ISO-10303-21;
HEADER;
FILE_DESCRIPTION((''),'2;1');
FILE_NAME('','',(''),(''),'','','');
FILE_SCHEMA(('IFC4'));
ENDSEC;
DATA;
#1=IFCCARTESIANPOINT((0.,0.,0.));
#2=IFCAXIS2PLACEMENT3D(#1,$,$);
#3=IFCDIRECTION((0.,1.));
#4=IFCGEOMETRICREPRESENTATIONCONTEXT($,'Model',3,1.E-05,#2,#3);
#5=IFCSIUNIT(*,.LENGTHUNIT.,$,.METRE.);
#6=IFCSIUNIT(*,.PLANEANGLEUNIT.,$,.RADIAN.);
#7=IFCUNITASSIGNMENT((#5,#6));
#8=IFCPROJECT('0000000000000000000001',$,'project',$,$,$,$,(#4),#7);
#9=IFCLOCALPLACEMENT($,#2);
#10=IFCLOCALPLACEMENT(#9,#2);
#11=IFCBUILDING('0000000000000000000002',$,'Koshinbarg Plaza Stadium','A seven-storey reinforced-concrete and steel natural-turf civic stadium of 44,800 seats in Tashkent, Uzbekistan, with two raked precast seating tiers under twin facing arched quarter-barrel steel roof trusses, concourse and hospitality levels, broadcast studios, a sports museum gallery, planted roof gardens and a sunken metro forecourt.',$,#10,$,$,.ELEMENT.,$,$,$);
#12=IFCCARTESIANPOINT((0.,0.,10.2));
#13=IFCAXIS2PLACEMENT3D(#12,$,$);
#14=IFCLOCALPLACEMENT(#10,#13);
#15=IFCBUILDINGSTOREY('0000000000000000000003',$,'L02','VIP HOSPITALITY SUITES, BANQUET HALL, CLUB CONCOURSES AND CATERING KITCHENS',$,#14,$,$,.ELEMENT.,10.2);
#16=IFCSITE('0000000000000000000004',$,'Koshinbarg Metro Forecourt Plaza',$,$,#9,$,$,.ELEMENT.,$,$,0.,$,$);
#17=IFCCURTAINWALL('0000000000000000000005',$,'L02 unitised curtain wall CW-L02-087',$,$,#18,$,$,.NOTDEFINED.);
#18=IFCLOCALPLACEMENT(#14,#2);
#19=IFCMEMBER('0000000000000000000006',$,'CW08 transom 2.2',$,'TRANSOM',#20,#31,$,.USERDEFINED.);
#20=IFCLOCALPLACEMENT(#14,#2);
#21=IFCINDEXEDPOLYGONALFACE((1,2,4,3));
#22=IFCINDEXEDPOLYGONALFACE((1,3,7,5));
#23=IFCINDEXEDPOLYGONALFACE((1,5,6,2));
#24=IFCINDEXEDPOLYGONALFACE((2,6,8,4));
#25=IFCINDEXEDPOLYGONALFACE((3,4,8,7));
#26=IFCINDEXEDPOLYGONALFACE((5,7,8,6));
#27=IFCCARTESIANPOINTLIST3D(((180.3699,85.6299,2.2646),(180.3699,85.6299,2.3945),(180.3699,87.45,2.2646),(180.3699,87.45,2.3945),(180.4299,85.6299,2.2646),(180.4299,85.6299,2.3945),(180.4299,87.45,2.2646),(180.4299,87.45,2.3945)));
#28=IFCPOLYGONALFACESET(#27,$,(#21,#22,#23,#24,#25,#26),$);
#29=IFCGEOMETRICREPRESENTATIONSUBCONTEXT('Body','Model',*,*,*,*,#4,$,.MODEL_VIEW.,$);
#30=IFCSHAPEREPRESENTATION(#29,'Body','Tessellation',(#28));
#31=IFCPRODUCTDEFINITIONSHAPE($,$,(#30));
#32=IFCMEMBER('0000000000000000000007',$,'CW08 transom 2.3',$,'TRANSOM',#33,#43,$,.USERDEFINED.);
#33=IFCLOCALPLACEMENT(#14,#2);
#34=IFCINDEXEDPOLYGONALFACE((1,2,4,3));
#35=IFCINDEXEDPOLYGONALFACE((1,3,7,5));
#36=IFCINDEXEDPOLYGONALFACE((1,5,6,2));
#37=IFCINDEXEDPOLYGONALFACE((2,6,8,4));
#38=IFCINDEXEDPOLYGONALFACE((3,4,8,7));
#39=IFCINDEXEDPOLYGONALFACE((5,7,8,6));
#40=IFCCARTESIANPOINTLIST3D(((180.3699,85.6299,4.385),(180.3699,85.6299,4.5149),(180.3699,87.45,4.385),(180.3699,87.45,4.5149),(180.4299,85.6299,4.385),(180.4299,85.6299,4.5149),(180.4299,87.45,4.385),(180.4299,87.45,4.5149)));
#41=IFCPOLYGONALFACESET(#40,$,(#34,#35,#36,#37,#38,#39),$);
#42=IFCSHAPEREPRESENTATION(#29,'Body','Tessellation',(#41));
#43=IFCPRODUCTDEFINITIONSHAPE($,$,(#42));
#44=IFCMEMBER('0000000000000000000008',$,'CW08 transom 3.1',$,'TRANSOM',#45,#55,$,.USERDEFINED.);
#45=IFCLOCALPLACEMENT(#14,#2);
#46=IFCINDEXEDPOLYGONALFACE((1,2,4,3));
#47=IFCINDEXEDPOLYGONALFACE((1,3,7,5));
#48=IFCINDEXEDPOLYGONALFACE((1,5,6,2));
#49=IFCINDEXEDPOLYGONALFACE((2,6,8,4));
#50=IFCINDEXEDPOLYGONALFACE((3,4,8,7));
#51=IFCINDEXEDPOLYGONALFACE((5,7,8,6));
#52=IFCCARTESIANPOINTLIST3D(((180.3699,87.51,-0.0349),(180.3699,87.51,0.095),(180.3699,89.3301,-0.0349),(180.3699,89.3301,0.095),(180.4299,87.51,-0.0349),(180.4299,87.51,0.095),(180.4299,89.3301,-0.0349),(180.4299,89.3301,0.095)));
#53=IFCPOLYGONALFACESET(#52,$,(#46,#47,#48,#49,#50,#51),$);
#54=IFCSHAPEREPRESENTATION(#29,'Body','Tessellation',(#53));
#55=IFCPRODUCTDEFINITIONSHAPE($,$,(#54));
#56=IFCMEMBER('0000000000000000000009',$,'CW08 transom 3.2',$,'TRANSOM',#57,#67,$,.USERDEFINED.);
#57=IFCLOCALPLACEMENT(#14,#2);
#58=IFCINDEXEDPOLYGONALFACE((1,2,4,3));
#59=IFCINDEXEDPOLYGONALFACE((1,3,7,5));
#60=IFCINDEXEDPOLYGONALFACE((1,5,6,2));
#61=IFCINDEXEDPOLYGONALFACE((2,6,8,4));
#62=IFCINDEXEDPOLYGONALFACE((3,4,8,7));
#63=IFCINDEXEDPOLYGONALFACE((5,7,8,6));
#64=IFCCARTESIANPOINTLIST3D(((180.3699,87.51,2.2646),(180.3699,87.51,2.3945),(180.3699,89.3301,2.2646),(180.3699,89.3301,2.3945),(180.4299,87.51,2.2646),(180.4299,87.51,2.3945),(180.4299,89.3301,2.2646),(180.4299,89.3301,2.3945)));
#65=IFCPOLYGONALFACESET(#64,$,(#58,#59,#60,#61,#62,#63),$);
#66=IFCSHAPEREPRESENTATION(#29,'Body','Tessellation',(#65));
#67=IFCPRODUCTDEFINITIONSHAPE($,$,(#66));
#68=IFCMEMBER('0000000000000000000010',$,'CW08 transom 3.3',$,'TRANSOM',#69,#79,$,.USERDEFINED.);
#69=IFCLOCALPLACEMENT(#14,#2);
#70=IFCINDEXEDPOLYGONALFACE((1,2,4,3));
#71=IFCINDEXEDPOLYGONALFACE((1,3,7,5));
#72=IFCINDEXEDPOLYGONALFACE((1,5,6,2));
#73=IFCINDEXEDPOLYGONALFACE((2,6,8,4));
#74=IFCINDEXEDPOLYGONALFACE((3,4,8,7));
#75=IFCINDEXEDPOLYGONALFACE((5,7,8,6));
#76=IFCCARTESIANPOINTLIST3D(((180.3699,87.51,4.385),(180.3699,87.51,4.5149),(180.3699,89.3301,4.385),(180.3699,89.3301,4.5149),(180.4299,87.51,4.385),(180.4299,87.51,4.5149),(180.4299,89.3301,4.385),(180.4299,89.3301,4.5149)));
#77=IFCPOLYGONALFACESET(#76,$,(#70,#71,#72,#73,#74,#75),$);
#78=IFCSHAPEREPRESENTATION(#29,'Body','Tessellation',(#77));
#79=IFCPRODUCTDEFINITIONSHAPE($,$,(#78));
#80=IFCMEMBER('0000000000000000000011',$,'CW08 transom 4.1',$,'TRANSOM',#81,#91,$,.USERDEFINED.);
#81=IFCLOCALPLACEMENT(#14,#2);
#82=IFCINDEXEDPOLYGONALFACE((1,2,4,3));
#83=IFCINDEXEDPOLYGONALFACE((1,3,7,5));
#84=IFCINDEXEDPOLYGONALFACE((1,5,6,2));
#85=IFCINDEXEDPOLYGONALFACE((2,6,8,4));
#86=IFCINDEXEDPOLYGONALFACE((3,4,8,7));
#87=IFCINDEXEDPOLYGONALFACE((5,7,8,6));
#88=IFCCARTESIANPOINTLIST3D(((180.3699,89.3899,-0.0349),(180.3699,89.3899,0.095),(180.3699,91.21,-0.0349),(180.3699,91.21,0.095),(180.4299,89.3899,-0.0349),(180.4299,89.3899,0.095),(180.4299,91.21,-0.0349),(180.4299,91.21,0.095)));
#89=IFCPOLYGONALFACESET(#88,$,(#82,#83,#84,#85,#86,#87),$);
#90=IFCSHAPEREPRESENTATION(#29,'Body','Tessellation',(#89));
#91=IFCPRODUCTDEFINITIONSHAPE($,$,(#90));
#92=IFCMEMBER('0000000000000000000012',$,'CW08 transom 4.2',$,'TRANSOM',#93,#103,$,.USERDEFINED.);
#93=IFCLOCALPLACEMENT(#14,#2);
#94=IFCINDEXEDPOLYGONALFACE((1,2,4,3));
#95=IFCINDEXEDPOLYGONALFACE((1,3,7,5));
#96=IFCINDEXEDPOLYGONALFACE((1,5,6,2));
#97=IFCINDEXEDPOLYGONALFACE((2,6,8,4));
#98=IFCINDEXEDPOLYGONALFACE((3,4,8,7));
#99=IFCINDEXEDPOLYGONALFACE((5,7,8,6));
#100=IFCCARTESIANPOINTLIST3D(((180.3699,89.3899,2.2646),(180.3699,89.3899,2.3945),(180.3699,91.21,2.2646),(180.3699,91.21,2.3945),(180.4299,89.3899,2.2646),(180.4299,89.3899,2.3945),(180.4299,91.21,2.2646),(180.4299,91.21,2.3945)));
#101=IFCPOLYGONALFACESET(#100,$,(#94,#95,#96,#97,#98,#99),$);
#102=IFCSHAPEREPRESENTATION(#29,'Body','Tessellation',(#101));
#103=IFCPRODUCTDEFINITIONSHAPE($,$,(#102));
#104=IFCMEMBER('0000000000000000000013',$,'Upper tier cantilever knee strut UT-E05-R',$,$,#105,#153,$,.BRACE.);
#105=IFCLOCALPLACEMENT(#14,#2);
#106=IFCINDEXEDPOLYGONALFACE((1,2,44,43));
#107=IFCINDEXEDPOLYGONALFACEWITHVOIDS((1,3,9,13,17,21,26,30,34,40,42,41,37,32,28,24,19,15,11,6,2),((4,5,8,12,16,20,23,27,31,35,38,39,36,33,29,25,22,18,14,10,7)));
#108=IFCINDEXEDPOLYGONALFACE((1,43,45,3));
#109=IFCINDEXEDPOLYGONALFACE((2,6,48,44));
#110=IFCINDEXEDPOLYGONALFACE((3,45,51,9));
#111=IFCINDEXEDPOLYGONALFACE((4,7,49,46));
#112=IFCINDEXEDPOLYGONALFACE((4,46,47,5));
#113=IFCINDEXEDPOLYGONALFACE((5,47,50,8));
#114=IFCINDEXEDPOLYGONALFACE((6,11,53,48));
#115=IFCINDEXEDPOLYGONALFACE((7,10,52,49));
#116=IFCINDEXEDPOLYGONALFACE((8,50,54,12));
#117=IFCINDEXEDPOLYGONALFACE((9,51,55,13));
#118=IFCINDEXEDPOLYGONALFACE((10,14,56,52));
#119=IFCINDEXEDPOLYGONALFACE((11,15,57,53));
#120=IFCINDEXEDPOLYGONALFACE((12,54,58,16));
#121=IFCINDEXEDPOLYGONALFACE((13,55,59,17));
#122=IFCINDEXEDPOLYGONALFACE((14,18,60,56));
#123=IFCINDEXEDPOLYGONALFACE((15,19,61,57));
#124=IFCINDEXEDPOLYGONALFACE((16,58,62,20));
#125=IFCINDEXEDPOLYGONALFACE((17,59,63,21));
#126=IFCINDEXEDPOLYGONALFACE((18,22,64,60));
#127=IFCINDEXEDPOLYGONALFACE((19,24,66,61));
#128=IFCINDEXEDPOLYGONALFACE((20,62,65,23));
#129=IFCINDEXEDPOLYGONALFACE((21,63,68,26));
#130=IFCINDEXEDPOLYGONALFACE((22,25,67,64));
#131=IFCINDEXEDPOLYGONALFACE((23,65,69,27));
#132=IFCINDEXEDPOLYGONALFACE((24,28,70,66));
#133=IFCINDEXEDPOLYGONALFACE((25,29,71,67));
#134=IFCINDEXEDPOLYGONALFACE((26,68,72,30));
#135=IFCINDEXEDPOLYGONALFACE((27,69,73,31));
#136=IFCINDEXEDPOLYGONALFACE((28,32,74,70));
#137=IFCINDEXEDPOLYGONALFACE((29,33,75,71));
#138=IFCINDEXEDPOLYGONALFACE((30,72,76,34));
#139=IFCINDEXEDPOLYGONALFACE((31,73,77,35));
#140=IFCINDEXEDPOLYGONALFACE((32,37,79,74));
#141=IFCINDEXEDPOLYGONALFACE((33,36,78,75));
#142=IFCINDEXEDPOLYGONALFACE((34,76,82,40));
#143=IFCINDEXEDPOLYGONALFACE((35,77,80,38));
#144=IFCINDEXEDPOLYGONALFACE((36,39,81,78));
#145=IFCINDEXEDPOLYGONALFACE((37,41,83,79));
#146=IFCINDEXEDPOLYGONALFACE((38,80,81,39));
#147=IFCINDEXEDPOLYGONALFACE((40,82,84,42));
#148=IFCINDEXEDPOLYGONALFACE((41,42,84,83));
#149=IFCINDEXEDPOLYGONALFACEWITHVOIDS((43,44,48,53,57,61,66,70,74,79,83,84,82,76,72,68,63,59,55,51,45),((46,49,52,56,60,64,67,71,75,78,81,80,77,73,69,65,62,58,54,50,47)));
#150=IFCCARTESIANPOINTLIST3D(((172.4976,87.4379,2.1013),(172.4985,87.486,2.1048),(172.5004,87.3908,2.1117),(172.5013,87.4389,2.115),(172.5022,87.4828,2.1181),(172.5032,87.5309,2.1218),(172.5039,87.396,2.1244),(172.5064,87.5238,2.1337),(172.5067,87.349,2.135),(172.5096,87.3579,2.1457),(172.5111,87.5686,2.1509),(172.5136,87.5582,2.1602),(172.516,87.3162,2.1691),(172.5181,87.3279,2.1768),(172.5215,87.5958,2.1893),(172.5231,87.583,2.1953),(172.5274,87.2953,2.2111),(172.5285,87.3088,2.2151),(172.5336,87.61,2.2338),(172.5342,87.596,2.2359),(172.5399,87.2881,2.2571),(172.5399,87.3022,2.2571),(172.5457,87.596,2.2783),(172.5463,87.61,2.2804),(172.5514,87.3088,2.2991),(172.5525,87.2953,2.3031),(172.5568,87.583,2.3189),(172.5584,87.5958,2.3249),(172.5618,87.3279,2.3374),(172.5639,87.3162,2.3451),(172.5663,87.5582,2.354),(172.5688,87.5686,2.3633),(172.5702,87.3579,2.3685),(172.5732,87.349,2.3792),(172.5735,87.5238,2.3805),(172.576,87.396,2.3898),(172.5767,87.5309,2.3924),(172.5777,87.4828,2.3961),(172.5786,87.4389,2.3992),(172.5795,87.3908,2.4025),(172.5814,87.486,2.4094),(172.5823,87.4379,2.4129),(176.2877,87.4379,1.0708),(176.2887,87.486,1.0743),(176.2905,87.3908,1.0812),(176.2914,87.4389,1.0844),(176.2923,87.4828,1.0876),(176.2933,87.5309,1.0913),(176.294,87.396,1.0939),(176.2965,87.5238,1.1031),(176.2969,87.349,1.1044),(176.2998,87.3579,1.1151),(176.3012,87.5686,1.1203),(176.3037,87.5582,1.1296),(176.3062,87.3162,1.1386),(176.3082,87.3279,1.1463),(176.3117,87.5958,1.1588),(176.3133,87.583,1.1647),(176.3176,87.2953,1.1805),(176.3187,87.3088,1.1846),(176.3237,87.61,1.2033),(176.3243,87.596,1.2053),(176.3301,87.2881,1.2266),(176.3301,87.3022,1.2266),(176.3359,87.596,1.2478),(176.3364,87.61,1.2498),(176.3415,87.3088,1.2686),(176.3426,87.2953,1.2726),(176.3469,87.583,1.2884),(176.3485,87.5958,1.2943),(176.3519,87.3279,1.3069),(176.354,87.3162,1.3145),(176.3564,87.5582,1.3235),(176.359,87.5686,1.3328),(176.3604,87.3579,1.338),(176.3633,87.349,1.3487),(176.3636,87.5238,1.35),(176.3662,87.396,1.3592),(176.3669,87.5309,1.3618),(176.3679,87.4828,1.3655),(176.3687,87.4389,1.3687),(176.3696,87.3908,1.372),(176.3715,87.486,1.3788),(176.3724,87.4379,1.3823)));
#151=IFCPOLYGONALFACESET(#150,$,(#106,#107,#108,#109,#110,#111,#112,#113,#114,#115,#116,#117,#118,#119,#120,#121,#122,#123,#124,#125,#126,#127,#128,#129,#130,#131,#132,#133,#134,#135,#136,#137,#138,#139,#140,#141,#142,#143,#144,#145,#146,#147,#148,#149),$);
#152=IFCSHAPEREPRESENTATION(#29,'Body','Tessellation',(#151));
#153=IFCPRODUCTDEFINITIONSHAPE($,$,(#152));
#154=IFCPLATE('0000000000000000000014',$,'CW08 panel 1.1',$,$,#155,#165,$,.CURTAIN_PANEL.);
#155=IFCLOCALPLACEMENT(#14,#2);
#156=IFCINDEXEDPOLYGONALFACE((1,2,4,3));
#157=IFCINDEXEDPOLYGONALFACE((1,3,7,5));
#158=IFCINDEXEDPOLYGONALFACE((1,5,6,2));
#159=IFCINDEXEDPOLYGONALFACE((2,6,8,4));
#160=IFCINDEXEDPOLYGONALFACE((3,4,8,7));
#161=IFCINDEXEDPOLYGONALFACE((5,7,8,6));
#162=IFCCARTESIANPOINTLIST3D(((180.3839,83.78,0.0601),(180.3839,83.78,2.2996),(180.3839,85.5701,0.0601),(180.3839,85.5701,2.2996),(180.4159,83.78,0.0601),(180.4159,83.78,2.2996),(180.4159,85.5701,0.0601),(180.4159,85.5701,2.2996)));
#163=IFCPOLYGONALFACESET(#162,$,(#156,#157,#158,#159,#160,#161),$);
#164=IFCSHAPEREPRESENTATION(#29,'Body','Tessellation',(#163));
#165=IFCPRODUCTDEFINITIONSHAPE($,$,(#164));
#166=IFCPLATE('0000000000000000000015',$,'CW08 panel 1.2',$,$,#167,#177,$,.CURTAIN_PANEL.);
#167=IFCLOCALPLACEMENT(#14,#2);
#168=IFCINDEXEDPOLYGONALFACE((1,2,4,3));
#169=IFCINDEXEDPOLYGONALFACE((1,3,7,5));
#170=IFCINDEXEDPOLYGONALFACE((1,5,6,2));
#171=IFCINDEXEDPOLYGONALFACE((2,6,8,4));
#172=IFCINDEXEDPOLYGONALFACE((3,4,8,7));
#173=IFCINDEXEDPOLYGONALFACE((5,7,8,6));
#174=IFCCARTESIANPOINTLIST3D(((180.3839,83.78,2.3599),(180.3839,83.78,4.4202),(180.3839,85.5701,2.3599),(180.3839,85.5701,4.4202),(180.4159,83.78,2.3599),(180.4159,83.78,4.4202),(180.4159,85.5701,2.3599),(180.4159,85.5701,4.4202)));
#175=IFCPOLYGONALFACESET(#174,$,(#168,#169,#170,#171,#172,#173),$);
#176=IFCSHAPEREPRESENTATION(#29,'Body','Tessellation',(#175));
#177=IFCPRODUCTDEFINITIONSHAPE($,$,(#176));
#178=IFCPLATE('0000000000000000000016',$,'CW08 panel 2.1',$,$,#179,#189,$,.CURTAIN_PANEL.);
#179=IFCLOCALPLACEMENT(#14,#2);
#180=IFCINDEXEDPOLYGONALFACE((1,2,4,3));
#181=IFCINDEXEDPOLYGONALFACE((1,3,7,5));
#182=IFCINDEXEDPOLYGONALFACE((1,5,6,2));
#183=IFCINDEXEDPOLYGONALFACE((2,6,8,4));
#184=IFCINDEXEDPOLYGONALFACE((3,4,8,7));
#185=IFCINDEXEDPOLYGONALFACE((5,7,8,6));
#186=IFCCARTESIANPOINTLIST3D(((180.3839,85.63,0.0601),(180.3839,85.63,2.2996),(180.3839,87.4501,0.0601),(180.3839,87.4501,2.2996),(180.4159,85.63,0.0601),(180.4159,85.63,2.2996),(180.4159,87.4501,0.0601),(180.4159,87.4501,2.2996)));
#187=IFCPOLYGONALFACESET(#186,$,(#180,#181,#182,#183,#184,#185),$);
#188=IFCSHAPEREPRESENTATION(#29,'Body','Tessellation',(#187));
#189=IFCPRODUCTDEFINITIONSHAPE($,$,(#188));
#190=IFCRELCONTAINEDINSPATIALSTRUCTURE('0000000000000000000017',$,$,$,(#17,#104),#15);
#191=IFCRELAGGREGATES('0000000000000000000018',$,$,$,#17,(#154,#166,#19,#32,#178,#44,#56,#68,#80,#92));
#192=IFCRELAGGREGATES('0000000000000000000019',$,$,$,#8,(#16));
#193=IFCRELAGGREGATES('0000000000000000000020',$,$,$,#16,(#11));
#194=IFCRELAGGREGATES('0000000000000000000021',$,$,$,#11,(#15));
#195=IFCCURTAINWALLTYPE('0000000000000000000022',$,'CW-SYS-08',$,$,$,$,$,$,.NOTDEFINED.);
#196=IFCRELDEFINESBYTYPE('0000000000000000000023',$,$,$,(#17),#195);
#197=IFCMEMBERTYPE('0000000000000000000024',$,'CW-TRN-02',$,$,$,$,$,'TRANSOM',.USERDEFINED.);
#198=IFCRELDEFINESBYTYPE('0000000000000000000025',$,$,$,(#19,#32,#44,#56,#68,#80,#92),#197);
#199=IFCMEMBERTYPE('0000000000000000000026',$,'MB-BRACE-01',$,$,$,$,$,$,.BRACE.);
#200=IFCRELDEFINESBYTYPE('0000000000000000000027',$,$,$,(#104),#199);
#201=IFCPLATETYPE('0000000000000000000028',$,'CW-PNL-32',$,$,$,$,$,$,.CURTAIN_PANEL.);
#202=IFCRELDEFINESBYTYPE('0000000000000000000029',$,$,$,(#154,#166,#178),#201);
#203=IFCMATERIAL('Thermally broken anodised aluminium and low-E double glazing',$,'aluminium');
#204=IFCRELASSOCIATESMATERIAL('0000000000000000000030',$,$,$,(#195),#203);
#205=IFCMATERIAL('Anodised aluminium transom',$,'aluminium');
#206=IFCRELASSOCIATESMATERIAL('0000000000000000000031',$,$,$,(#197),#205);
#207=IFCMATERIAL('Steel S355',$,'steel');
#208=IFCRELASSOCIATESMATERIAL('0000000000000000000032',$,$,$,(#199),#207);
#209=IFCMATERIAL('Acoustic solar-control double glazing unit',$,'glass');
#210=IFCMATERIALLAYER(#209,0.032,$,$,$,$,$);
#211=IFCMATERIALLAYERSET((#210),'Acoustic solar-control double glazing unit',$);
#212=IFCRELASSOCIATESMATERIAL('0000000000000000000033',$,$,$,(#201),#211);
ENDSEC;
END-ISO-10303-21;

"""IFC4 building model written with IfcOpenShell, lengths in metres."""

from ifc_helpers import new_model, si_unit, direction, frame, origin, origin_2d, place, context, subcontext, project, spatial, rectangle, hollow_circle, extrude, material, layer, layer_set, material_profile, profile_set, type_object, element, aggregate, save


model = new_model("IFC4")

# Units and contexts
model_context = context("Model", 3, precision=1e-05, world=origin(), true_north=direction((0.0, 1.0)))
body_context = subcontext(model_context, "Body", "Model", "MODEL_VIEW")
ifc_project = project(units=[si_unit("LENGTHUNIT", "METRE"), si_unit("PLANEANGLEUNIT", "RADIAN")], contexts=[model_context])

# Site, building, storey
site_placement = place(None, origin())
site = spatial("IfcSite", under=ifc_project, at=site_placement, Name="Koshinbarg Metro Forecourt Plaza", CompositionType="ELEMENT", RefElevation=0.0)
building_placement = place(site_placement, origin())
building = spatial("IfcBuilding", under=site, at=building_placement, Name="Koshinbarg Plaza Stadium", Description="A seven-storey reinforced-concrete and steel natural-turf civic stadium of 44,800 seats in Tashkent, Uzbekistan, with two raked precast seating tiers under twin facing arched quarter-barrel steel roof trusses, concourse and hospitality levels, broadcast studios, a sports museum gallery, planted roof gardens and a sunken metro forecourt.", CompositionType="ELEMENT")
storey_placement = place(building_placement, frame((0.0, 0.0, 10.2)))
storey = spatial("IfcBuildingStorey", under=building, at=storey_placement, Name="L02", Description="VIP HOSPITALITY SUITES, BANQUET HALL, CLUB CONCOURSES AND CATERING KITCHENS", CompositionType="ELEMENT", Elevation=10.2)

# Curtain wall, members
ifc_material_1 = material(Name="Thermally broken anodised aluminium and low-E double glazing", Category="aluminium")
curtain_wall_type = type_object("IfcCurtainWallType", Name="CW-SYS-08", PredefinedType="NOTDEFINED", material=ifc_material_1)
curtain_wall_placement = place(storey_placement, origin())
curtain_wall = element("IfcCurtainWall", 1, at=curtain_wall_placement, inside=storey, type_object=curtain_wall_type, Name="L02 unitised curtain wall CW-L02-087", PredefinedType="NOTDEFINED")
ifc_material_2 = material(Name="Anodised aluminium transom", Category="aluminium")
ifc_material_profile_1 = material_profile(ifc_material_2, rectangle(XDim=0.0601, YDim=0.1299, at=origin_2d()), Name="ALU 60x130")
ifc_profile_set_1 = profile_set([ifc_material_profile_1], Name="Anodised aluminium transom")
member_type_1 = type_object("IfcMemberType", Name="CW-TRN-02", ElementType="TRANSOM", PredefinedType="USERDEFINED", material=ifc_profile_set_1)
member_1_placement = place(storey_placement, frame((180.3999, 85.6299, 2.3296), z_axis=(0.0, 1.0, 0.0), x_axis=(-1.0, 0.0, 0.0)))
member_1 = element("IfcMember", 2, at=member_1_placement, type_object=member_type_1, Name="CW08 transom 2.2", ObjectType="TRANSOM", PredefinedType="USERDEFINED", context=body_context, shape_type="SweptSolid", body=[
    extrude(rectangle(XDim=0.0601, YDim=0.1299, at=origin_2d()), origin(), (0.0, 0.0, 1.0), 1.8201),
])
member_2_placement = place(storey_placement, frame((180.3999, 85.6299, 4.45), z_axis=(0.0, 1.0, 0.0), x_axis=(-1.0, 0.0, 0.0)))
member_2 = element("IfcMember", 3, at=member_2_placement, type_object=member_type_1, Name="CW08 transom 2.3", ObjectType="TRANSOM", PredefinedType="USERDEFINED", context=body_context, shape_type="SweptSolid", body=[
    extrude(rectangle(XDim=0.0601, YDim=0.1299, at=origin_2d()), origin(), (0.0, 0.0, 1.0), 1.8201),
])
member_3_placement = place(storey_placement, frame((180.3999, 87.51, 0.03), z_axis=(0.0, 1.0, 0.0), x_axis=(-1.0, 0.0, 0.0)))
member_3 = element("IfcMember", 4, at=member_3_placement, type_object=member_type_1, Name="CW08 transom 3.1", ObjectType="TRANSOM", PredefinedType="USERDEFINED", context=body_context, shape_type="SweptSolid", body=[
    extrude(rectangle(XDim=0.0601, YDim=0.1299, at=origin_2d()), origin(), (0.0, 0.0, 1.0), 1.8201),
])
member_4_placement = place(storey_placement, frame((180.3999, 87.51, 2.3296), z_axis=(0.0, 1.0, 0.0), x_axis=(-1.0, 0.0, 0.0)))
member_4 = element("IfcMember", 5, at=member_4_placement, type_object=member_type_1, Name="CW08 transom 3.2", ObjectType="TRANSOM", PredefinedType="USERDEFINED", context=body_context, shape_type="SweptSolid", body=[
    extrude(rectangle(XDim=0.0601, YDim=0.1299, at=origin_2d()), origin(), (0.0, 0.0, 1.0), 1.8201),
])
member_5_placement = place(storey_placement, frame((180.3999, 87.51, 4.45), z_axis=(0.0, 1.0, 0.0), x_axis=(-1.0, 0.0, 0.0)))
member_5 = element("IfcMember", 6, at=member_5_placement, type_object=member_type_1, Name="CW08 transom 3.3", ObjectType="TRANSOM", PredefinedType="USERDEFINED", context=body_context, shape_type="SweptSolid", body=[
    extrude(rectangle(XDim=0.0601, YDim=0.1299, at=origin_2d()), origin(), (0.0, 0.0, 1.0), 1.8201),
])
member_6_placement = place(storey_placement, frame((180.3999, 89.3899, 0.03), z_axis=(0.0, 1.0, 0.0), x_axis=(-1.0, 0.0, 0.0)))
member_6 = element("IfcMember", 7, at=member_6_placement, type_object=member_type_1, Name="CW08 transom 4.1", ObjectType="TRANSOM", PredefinedType="USERDEFINED", context=body_context, shape_type="SweptSolid", body=[
    extrude(rectangle(XDim=0.0601, YDim=0.1299, at=origin_2d()), origin(), (0.0, 0.0, 1.0), 1.8201),
])
member_7_placement = place(storey_placement, frame((180.3999, 89.3899, 2.3296), z_axis=(0.0, 1.0, 0.0), x_axis=(-1.0, 0.0, 0.0)))
member_7 = element("IfcMember", 8, at=member_7_placement, type_object=member_type_1, Name="CW08 transom 4.2", ObjectType="TRANSOM", PredefinedType="USERDEFINED", context=body_context, shape_type="SweptSolid", body=[
    extrude(rectangle(XDim=0.0601, YDim=0.1299, at=origin_2d()), origin(), (0.0, 0.0, 1.0), 1.8201),
])

# Member
ifc_material_3 = material(Name="Steel S355", Category="steel")
ifc_material_profile_2 = material_profile(ifc_material_3, hollow_circle(Radius=0.1619, WallThickness=0.0142, at=origin_2d()), Name="CHS 323.9x14.2")
ifc_profile_set_2 = profile_set([ifc_material_profile_2], Name="Steel S355")
member_type_2 = type_object("IfcMemberType", Name="MB-BRACE-01", PredefinedType="BRACE", material=ifc_profile_set_2)
member_8_placement = place(storey_placement, frame((176.3301, 87.45, 1.2266), z_axis=(-0.964966, 0.0, 0.262376), x_axis=(0.0, -1.0, 0.0)))
element("IfcMember", 9, at=member_8_placement, inside=storey, type_object=member_type_2, Name="Upper tier cantilever knee strut UT-E05-R", PredefinedType="BRACE", context=body_context, shape_type="SweptSolid", body=[
    extrude(hollow_circle(Radius=0.1619, WallThickness=0.0142, at=origin_2d()), origin(), (0.0, 0.0, 1.0), 3.9277),
])

# Plates
ifc_material_4 = material(Name="Acoustic solar-control double glazing unit", Category="glass")
ifc_layer_1 = layer(ifc_material_4, 0.032)
ifc_layer_set_1 = layer_set([ifc_layer_1], Name="Acoustic solar-control double glazing unit")
plate_type = type_object("IfcPlateType", Name="CW-PNL-32", PredefinedType="CURTAIN_PANEL", material=ifc_layer_set_1)
plate_1_placement = place(storey_placement, frame((180.3999, 84.675, 0.0601), z_axis=(0.0, 0.0, 1.0), x_axis=(0.0, 1.0, 0.0)))
plate_1 = element("IfcPlate", 10, at=plate_1_placement, type_object=plate_type, Name="CW08 panel 1.1", PredefinedType="CURTAIN_PANEL", context=body_context, shape_type="SweptSolid", body=[
    extrude(rectangle(XDim=1.79, YDim=0.032, at=origin_2d()), origin(), (0.0, 0.0, 1.0), 2.2395),
])
plate_2_placement = place(storey_placement, frame((180.3999, 84.675, 2.3599), z_axis=(0.0, 0.0, 1.0), x_axis=(0.0, 1.0, 0.0)))
plate_2 = element("IfcPlate", 11, at=plate_2_placement, type_object=plate_type, Name="CW08 panel 1.2", PredefinedType="CURTAIN_PANEL", context=body_context, shape_type="SweptSolid", body=[
    extrude(rectangle(XDim=1.79, YDim=0.032, at=origin_2d()), origin(), (0.0, 0.0, 1.0), 2.0603),
])
plate_3_placement = place(storey_placement, frame((180.3999, 86.54, 0.0601), z_axis=(0.0, 0.0, 1.0), x_axis=(0.0, 1.0, 0.0)))
plate_3 = element("IfcPlate", 12, at=plate_3_placement, type_object=plate_type, Name="CW08 panel 2.1", PredefinedType="CURTAIN_PANEL", context=body_context, shape_type="SweptSolid", body=[
    extrude(rectangle(XDim=1.8201, YDim=0.032, at=origin_2d()), origin(), (0.0, 0.0, 1.0), 2.2395),
])
aggregate(curtain_wall, [plate_1, plate_2, member_1, member_2, plate_3, member_3, member_4, member_5, member_6, member_7])

save(model, "model.ifc")
